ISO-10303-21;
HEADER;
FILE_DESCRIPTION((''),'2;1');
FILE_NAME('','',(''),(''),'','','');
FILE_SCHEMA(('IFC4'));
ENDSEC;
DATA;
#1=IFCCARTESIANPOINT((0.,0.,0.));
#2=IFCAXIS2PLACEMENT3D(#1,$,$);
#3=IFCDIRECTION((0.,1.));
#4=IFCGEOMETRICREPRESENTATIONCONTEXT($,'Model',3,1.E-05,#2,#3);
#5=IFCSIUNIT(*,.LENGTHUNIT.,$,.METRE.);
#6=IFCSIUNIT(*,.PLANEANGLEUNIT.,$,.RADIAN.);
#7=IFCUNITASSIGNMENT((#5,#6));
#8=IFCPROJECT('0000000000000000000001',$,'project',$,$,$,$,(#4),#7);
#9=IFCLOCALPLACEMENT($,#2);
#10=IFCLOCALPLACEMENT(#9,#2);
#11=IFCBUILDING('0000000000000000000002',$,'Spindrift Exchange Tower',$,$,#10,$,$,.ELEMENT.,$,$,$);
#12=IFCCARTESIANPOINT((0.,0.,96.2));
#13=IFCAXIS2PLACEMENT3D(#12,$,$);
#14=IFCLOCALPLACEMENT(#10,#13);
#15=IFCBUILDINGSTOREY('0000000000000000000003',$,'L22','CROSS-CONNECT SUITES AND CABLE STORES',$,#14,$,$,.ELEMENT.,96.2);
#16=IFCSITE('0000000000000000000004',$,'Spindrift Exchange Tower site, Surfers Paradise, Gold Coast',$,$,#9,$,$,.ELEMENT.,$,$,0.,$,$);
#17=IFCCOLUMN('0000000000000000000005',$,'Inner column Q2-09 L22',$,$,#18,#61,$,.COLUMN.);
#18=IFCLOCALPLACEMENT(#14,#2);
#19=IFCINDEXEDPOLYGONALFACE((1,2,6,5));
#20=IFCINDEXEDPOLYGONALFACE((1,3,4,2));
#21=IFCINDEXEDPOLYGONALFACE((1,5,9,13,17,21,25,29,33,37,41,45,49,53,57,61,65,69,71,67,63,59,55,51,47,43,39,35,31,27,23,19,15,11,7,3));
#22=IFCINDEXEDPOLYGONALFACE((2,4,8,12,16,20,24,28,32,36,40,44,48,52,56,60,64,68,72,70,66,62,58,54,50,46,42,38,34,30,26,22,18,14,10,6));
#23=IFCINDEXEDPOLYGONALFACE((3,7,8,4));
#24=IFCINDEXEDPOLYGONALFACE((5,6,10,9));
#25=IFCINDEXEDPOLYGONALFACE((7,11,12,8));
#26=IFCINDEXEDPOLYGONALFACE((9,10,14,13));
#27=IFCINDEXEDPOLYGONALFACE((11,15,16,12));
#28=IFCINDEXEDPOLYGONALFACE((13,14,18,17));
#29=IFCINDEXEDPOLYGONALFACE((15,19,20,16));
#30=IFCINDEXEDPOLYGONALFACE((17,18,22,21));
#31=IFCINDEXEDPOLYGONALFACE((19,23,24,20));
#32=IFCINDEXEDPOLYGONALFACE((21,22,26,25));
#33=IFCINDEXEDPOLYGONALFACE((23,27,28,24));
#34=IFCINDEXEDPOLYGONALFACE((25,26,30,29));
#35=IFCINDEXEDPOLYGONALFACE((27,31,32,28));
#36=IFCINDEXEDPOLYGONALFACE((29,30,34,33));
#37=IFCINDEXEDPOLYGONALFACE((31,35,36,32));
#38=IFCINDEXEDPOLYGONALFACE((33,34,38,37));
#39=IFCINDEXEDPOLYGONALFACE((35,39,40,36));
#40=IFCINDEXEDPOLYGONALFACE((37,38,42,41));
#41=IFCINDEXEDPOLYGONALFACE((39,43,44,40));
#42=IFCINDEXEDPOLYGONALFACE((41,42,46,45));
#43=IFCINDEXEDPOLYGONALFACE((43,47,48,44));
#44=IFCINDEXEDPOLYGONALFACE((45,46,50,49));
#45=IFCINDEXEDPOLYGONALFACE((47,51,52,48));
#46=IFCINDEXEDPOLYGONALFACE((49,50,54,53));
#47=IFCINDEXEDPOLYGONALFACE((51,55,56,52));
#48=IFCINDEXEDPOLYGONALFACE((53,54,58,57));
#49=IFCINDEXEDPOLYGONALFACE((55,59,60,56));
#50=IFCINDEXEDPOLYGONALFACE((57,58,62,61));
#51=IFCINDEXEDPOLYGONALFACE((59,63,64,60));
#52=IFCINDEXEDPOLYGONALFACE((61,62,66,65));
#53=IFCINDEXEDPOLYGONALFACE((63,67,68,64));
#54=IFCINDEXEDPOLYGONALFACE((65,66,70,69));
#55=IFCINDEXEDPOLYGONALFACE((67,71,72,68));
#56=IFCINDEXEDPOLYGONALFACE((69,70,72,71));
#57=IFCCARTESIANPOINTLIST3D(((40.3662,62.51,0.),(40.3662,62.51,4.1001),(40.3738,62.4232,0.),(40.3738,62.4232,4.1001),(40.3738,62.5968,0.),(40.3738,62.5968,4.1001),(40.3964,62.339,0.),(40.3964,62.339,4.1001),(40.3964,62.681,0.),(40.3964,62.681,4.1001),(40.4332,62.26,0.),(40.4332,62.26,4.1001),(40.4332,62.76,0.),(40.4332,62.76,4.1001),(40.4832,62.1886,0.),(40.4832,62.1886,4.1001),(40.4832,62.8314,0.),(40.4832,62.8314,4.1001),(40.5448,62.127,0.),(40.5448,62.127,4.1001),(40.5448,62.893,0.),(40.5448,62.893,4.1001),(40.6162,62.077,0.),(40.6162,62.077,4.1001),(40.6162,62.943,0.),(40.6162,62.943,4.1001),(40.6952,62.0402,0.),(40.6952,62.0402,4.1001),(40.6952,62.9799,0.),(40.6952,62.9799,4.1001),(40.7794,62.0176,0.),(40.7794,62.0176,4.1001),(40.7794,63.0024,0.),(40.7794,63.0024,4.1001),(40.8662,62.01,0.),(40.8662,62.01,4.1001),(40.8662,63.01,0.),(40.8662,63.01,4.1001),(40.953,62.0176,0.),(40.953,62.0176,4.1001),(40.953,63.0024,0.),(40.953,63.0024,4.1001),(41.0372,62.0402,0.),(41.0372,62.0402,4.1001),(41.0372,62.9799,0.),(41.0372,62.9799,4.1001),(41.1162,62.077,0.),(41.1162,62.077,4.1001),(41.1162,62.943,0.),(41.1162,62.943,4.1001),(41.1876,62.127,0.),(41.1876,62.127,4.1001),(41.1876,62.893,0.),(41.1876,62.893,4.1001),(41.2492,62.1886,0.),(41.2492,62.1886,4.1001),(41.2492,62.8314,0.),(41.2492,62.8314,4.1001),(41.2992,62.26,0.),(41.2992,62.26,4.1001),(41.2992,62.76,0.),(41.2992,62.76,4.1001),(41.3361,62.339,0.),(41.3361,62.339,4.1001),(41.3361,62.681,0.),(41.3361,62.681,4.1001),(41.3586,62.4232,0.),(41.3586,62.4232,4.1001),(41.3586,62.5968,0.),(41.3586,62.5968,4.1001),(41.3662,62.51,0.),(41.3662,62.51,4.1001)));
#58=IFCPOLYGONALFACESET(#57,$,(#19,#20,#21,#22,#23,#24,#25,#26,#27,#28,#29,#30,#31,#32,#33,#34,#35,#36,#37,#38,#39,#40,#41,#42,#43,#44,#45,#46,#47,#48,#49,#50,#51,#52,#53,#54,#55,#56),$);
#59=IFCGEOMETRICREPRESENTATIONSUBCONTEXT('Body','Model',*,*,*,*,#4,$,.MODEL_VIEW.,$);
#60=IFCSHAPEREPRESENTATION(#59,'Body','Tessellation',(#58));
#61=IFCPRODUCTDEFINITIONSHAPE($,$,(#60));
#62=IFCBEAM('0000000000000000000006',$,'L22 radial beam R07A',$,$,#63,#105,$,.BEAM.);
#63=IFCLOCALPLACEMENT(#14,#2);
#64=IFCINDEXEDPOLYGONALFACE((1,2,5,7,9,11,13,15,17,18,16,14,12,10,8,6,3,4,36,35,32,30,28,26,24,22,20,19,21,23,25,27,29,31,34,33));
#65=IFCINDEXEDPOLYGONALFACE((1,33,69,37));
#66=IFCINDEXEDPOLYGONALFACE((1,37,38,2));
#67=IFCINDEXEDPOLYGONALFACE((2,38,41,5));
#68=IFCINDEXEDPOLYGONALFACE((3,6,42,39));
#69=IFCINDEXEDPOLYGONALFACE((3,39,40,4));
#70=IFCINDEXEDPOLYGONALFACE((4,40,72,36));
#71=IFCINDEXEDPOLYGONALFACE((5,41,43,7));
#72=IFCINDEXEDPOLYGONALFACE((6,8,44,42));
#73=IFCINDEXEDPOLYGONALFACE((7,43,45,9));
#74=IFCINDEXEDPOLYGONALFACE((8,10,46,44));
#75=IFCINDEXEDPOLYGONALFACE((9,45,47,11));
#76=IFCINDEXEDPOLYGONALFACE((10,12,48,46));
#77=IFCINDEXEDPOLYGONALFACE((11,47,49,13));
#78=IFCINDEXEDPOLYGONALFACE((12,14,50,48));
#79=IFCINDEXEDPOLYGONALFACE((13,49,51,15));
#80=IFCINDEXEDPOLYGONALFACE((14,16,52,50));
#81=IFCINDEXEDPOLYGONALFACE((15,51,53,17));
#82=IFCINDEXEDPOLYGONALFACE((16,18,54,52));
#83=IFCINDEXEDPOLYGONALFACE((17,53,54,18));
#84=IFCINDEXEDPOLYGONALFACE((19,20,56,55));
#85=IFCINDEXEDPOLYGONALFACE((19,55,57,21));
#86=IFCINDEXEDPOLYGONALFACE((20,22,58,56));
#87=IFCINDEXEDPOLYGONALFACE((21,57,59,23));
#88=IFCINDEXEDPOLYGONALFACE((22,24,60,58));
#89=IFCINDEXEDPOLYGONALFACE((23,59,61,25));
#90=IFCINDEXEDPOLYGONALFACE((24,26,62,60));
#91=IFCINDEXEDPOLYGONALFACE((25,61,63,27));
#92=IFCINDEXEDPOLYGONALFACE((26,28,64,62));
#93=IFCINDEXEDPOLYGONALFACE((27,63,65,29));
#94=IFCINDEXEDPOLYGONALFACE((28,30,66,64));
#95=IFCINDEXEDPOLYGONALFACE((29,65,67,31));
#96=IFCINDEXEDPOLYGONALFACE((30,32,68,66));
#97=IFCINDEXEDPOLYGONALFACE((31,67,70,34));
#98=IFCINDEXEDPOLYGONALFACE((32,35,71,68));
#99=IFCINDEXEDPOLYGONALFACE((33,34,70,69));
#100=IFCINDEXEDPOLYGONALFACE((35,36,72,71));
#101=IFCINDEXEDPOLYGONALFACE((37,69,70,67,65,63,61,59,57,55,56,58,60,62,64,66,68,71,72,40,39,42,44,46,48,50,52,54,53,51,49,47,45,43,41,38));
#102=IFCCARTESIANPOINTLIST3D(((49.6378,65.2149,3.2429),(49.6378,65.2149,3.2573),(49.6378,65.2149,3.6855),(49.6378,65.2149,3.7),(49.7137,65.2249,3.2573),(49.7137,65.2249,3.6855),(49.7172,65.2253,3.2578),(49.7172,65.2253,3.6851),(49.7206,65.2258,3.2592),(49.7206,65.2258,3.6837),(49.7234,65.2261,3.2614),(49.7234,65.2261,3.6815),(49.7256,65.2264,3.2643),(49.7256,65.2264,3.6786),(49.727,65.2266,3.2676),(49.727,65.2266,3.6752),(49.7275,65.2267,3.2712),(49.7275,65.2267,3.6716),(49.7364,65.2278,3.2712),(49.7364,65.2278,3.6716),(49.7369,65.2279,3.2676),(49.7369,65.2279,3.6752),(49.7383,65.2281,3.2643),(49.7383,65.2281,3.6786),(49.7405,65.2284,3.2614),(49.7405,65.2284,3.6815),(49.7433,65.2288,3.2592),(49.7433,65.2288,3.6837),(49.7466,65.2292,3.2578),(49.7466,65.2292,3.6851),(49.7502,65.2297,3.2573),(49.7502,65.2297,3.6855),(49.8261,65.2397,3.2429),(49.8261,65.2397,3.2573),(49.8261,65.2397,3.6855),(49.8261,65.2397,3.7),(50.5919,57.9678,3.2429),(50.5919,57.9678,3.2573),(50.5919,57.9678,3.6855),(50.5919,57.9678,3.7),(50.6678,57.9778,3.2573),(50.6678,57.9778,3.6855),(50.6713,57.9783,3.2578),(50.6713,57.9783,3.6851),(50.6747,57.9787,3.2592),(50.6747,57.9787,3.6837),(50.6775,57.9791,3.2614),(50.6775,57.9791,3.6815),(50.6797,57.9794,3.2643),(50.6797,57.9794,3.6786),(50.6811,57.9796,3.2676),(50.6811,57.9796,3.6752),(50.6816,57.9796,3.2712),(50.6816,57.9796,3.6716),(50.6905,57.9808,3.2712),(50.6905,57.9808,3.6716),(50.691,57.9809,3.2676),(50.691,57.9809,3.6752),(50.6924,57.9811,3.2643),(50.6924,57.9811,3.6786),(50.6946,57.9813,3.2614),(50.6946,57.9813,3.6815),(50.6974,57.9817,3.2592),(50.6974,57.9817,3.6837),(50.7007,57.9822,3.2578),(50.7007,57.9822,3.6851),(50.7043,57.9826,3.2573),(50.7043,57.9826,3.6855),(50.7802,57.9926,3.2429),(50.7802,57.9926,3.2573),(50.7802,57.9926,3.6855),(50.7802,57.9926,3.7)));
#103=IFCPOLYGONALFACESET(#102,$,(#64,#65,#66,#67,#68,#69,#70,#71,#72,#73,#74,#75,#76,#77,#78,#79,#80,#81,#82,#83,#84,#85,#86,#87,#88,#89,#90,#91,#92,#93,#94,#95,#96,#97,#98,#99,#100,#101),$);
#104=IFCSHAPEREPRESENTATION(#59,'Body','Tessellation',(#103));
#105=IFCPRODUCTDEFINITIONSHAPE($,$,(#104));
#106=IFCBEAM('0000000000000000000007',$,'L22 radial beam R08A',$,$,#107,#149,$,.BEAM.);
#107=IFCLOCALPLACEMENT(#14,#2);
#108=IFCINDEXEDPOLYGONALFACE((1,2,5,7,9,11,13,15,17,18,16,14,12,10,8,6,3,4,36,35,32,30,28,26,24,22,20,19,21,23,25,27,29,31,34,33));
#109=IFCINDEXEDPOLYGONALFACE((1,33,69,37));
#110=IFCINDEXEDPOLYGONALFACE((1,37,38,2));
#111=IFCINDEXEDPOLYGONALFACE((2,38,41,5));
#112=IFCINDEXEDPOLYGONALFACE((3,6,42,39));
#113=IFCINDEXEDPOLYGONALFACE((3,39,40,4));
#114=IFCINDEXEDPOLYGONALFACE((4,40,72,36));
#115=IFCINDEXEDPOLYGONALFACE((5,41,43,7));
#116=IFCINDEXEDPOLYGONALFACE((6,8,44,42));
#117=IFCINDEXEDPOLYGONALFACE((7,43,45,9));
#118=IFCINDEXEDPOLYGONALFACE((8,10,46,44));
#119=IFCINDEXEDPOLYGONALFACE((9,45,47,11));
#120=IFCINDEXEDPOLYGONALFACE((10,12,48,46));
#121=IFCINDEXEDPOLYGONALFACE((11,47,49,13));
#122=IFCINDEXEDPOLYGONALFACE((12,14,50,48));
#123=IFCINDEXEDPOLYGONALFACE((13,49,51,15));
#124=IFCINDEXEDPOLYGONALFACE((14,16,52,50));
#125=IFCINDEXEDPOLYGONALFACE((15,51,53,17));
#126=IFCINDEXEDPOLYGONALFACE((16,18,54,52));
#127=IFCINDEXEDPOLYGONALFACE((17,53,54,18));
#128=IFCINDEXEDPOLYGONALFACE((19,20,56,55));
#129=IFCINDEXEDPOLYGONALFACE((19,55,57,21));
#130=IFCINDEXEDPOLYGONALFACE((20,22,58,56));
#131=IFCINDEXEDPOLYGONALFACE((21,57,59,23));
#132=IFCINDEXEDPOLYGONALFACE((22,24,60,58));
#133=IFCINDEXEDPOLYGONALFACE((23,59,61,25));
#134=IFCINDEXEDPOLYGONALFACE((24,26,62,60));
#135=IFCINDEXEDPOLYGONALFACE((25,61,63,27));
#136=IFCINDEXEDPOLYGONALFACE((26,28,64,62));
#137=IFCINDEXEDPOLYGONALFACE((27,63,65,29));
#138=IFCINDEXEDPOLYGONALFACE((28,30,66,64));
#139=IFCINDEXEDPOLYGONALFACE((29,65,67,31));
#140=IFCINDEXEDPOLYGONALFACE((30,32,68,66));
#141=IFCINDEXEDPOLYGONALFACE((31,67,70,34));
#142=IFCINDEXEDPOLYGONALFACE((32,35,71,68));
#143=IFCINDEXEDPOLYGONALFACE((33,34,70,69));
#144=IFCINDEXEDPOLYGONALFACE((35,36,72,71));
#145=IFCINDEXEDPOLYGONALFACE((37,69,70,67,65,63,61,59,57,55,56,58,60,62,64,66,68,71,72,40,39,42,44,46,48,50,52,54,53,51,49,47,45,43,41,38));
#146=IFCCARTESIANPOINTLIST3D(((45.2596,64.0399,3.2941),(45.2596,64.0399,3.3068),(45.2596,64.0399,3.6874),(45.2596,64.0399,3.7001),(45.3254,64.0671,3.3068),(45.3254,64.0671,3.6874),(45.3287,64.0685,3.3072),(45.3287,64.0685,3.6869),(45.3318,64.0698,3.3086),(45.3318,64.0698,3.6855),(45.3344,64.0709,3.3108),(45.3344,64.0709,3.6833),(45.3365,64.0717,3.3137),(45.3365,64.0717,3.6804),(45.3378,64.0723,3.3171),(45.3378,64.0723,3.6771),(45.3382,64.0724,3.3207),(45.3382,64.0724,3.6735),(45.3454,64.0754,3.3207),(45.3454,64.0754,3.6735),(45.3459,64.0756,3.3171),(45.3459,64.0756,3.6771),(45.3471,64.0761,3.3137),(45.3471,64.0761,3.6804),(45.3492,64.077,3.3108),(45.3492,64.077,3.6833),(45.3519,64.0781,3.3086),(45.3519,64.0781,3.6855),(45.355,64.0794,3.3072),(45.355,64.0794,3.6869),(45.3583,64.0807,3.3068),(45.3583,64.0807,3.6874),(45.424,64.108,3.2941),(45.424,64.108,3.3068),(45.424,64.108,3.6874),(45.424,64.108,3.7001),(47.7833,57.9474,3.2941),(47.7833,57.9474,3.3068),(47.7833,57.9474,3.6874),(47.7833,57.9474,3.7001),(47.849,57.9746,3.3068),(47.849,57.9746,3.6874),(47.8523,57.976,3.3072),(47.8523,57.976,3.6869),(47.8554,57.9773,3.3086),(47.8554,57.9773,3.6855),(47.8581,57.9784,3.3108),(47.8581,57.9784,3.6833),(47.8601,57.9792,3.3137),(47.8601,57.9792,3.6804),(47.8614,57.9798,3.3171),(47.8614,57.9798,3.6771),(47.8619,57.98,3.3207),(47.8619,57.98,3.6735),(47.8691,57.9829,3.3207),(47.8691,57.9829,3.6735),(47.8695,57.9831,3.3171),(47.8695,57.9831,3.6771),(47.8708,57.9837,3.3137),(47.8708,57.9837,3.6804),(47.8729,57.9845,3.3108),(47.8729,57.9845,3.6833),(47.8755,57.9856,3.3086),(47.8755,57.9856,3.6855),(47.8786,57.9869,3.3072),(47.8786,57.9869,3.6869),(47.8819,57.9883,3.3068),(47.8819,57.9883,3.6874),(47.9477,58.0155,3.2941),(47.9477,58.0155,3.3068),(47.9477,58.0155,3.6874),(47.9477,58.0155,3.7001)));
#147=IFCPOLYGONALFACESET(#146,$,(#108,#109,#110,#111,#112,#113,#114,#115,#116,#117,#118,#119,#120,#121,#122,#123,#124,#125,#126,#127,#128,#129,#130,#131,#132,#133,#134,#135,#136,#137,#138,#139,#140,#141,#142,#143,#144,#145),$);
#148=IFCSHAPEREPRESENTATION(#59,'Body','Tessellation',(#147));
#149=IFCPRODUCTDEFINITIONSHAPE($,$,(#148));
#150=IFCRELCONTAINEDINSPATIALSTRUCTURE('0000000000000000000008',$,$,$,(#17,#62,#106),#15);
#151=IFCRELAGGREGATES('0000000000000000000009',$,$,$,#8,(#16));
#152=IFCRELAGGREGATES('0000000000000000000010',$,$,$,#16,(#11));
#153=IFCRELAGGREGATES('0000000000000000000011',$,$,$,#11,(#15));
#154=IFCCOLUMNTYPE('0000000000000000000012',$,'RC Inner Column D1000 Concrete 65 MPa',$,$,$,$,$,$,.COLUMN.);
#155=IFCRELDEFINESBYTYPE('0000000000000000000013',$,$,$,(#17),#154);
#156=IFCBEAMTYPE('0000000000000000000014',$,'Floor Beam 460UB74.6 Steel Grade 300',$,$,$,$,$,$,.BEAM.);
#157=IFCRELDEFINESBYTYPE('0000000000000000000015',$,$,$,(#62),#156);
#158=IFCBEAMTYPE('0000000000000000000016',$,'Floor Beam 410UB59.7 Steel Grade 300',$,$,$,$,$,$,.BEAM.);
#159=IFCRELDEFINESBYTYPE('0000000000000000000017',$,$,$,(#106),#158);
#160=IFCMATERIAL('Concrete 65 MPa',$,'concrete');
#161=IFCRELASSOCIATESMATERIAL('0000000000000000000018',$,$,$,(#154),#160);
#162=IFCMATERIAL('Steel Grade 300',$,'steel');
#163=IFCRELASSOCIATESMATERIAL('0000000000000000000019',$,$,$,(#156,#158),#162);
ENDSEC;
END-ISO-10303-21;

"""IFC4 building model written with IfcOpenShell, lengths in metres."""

from ifc_helpers import new_model, si_unit, direction, frame, origin, origin_2d, place, context, subcontext, project, spatial, circle, i_section, extrude, source, transform, mapped, material, material_profile, profile_set, type_object, element, save


model = new_model("IFC4")

# Units and contexts
model_context = context("Model", 3, precision=1e-05, world=origin(), true_north=direction((0.0, 1.0)))
body_context = subcontext(model_context, "Body", "Model", "MODEL_VIEW")
ifc_project = project(units=[si_unit("LENGTHUNIT", "METRE"), si_unit("PLANEANGLEUNIT", "RADIAN")], contexts=[model_context])

# Site, building, storey
site_placement = place(None, origin())
site = spatial("IfcSite", under=ifc_project, at=site_placement, Name="Spindrift Exchange Tower site, Surfers Paradise, Gold Coast", CompositionType="ELEMENT", RefElevation=0.0)
building_placement = place(site_placement, origin())
building = spatial("IfcBuilding", under=site, at=building_placement, Name="Spindrift Exchange Tower", CompositionType="ELEMENT")
storey_placement = place(building_placement, frame((0.0, 0.0, 96.2)))
storey = spatial("IfcBuildingStorey", under=building, at=storey_placement, Name="L22", Description="CROSS-CONNECT SUITES AND CABLE STORES", CompositionType="ELEMENT", Elevation=96.2)

# Column
ifc_material_1 = material(Name="Concrete 65 MPa", Category="concrete")
ifc_material_profile_1 = material_profile(ifc_material_1, circle(Radius=0.5, at=origin_2d()), Name="RC D1000")
ifc_profile_set_1 = profile_set([ifc_material_profile_1], Name="Concrete 65 MPa")
column_type = type_object("IfcColumnType", Name="RC Inner Column D1000 Concrete 65 MPa", PredefinedType="COLUMN", material=ifc_profile_set_1)
shared_shape_1 = source(origin(), body_context, "Body", "SweptSolid", [
    extrude(circle(Radius=0.5, at=origin_2d()), origin(), (0.0, 0.0, 1.0), 4.1001),
])
column_placement = place(storey_placement, frame((40.8662, 62.51, 0.0), z_axis=(0.0, 0.0, 1.0), x_axis=(1.0, 0.0, 0.0)))
element("IfcColumn", 1, at=column_placement, inside=storey, type_object=column_type, Name="Inner column Q2-09 L22", PredefinedType="COLUMN", context=body_context, shape_type="MappedRepresentation", body=[
    mapped(shared_shape_1, transform((0.0, 0.0, 0.0), scale=1.0)),
])

# Beams
ifc_material_2 = material(Name="Steel Grade 300", Category="steel")
ifc_material_profile_2 = material_profile(ifc_material_2, i_section(OverallWidth=0.1899, OverallDepth=0.457, WebThickness=0.009, FlangeThickness=0.0144, FilletRadius=0.0139, at=origin_2d()), Name="460UB74.6")
ifc_profile_set_2 = profile_set([ifc_material_profile_2], Name="Steel Grade 300")
beam_type_1 = type_object("IfcBeamType", Name="Floor Beam 460UB74.6 Steel Grade 300", PredefinedType="BEAM", material=ifc_profile_set_2)
shared_shape_2 = source(origin(), body_context, "Body", "SweptSolid", [
    extrude(i_section(OverallWidth=0.1899, OverallDepth=0.457, WebThickness=0.009, FlangeThickness=0.0144, FilletRadius=0.0139, at=origin_2d()), origin(), (0.0, 0.0, 1.0), 7.3096),
])
beam_1_placement = place(storey_placement, frame((50.686, 57.9802, 3.4714), z_axis=(-0.130527, 0.991445, 0.0), x_axis=(-0.991445, -0.130527, 0.0)))
element("IfcBeam", 2, at=beam_1_placement, inside=storey, type_object=beam_type_1, Name="L22 radial beam R07A", PredefinedType="BEAM", context=body_context, shape_type="MappedRepresentation", body=[
    mapped(shared_shape_2, transform((0.0, 0.0, 0.0), scale=1.0)),
])
ifc_material_profile_3 = material_profile(ifc_material_2, i_section(OverallWidth=0.178, OverallDepth=0.406, WebThickness=0.0078, FlangeThickness=0.0127, FilletRadius=0.0139, at=origin_2d()), Name="410UB59.7")
ifc_profile_set_3 = profile_set([ifc_material_profile_3], Name="Steel Grade 300")
beam_type_2 = type_object("IfcBeamType", Name="Floor Beam 410UB59.7 Steel Grade 300", PredefinedType="BEAM", material=ifc_profile_set_3)
shared_shape_3 = source(origin(), body_context, "Body", "SweptSolid", [
    extrude(i_section(OverallWidth=0.178, OverallDepth=0.406, WebThickness=0.0078, FlangeThickness=0.0127, FilletRadius=0.0139, at=origin_2d()), origin(), (0.0, 0.0, 1.0), 6.5945),
])
beam_2_placement = place(storey_placement, frame((47.8655, 57.9814, 3.4971), z_axis=(-0.382693, 0.923876, 0.0), x_axis=(-0.923876, -0.382693, 0.0)))
element("IfcBeam", 3, at=beam_2_placement, inside=storey, type_object=beam_type_2, Name="L22 radial beam R08A", PredefinedType="BEAM", context=body_context, shape_type="MappedRepresentation", body=[
    mapped(shared_shape_3, transform((0.0, 0.0, 0.0), scale=1.0)),
])

save(model, "model.ifc")
